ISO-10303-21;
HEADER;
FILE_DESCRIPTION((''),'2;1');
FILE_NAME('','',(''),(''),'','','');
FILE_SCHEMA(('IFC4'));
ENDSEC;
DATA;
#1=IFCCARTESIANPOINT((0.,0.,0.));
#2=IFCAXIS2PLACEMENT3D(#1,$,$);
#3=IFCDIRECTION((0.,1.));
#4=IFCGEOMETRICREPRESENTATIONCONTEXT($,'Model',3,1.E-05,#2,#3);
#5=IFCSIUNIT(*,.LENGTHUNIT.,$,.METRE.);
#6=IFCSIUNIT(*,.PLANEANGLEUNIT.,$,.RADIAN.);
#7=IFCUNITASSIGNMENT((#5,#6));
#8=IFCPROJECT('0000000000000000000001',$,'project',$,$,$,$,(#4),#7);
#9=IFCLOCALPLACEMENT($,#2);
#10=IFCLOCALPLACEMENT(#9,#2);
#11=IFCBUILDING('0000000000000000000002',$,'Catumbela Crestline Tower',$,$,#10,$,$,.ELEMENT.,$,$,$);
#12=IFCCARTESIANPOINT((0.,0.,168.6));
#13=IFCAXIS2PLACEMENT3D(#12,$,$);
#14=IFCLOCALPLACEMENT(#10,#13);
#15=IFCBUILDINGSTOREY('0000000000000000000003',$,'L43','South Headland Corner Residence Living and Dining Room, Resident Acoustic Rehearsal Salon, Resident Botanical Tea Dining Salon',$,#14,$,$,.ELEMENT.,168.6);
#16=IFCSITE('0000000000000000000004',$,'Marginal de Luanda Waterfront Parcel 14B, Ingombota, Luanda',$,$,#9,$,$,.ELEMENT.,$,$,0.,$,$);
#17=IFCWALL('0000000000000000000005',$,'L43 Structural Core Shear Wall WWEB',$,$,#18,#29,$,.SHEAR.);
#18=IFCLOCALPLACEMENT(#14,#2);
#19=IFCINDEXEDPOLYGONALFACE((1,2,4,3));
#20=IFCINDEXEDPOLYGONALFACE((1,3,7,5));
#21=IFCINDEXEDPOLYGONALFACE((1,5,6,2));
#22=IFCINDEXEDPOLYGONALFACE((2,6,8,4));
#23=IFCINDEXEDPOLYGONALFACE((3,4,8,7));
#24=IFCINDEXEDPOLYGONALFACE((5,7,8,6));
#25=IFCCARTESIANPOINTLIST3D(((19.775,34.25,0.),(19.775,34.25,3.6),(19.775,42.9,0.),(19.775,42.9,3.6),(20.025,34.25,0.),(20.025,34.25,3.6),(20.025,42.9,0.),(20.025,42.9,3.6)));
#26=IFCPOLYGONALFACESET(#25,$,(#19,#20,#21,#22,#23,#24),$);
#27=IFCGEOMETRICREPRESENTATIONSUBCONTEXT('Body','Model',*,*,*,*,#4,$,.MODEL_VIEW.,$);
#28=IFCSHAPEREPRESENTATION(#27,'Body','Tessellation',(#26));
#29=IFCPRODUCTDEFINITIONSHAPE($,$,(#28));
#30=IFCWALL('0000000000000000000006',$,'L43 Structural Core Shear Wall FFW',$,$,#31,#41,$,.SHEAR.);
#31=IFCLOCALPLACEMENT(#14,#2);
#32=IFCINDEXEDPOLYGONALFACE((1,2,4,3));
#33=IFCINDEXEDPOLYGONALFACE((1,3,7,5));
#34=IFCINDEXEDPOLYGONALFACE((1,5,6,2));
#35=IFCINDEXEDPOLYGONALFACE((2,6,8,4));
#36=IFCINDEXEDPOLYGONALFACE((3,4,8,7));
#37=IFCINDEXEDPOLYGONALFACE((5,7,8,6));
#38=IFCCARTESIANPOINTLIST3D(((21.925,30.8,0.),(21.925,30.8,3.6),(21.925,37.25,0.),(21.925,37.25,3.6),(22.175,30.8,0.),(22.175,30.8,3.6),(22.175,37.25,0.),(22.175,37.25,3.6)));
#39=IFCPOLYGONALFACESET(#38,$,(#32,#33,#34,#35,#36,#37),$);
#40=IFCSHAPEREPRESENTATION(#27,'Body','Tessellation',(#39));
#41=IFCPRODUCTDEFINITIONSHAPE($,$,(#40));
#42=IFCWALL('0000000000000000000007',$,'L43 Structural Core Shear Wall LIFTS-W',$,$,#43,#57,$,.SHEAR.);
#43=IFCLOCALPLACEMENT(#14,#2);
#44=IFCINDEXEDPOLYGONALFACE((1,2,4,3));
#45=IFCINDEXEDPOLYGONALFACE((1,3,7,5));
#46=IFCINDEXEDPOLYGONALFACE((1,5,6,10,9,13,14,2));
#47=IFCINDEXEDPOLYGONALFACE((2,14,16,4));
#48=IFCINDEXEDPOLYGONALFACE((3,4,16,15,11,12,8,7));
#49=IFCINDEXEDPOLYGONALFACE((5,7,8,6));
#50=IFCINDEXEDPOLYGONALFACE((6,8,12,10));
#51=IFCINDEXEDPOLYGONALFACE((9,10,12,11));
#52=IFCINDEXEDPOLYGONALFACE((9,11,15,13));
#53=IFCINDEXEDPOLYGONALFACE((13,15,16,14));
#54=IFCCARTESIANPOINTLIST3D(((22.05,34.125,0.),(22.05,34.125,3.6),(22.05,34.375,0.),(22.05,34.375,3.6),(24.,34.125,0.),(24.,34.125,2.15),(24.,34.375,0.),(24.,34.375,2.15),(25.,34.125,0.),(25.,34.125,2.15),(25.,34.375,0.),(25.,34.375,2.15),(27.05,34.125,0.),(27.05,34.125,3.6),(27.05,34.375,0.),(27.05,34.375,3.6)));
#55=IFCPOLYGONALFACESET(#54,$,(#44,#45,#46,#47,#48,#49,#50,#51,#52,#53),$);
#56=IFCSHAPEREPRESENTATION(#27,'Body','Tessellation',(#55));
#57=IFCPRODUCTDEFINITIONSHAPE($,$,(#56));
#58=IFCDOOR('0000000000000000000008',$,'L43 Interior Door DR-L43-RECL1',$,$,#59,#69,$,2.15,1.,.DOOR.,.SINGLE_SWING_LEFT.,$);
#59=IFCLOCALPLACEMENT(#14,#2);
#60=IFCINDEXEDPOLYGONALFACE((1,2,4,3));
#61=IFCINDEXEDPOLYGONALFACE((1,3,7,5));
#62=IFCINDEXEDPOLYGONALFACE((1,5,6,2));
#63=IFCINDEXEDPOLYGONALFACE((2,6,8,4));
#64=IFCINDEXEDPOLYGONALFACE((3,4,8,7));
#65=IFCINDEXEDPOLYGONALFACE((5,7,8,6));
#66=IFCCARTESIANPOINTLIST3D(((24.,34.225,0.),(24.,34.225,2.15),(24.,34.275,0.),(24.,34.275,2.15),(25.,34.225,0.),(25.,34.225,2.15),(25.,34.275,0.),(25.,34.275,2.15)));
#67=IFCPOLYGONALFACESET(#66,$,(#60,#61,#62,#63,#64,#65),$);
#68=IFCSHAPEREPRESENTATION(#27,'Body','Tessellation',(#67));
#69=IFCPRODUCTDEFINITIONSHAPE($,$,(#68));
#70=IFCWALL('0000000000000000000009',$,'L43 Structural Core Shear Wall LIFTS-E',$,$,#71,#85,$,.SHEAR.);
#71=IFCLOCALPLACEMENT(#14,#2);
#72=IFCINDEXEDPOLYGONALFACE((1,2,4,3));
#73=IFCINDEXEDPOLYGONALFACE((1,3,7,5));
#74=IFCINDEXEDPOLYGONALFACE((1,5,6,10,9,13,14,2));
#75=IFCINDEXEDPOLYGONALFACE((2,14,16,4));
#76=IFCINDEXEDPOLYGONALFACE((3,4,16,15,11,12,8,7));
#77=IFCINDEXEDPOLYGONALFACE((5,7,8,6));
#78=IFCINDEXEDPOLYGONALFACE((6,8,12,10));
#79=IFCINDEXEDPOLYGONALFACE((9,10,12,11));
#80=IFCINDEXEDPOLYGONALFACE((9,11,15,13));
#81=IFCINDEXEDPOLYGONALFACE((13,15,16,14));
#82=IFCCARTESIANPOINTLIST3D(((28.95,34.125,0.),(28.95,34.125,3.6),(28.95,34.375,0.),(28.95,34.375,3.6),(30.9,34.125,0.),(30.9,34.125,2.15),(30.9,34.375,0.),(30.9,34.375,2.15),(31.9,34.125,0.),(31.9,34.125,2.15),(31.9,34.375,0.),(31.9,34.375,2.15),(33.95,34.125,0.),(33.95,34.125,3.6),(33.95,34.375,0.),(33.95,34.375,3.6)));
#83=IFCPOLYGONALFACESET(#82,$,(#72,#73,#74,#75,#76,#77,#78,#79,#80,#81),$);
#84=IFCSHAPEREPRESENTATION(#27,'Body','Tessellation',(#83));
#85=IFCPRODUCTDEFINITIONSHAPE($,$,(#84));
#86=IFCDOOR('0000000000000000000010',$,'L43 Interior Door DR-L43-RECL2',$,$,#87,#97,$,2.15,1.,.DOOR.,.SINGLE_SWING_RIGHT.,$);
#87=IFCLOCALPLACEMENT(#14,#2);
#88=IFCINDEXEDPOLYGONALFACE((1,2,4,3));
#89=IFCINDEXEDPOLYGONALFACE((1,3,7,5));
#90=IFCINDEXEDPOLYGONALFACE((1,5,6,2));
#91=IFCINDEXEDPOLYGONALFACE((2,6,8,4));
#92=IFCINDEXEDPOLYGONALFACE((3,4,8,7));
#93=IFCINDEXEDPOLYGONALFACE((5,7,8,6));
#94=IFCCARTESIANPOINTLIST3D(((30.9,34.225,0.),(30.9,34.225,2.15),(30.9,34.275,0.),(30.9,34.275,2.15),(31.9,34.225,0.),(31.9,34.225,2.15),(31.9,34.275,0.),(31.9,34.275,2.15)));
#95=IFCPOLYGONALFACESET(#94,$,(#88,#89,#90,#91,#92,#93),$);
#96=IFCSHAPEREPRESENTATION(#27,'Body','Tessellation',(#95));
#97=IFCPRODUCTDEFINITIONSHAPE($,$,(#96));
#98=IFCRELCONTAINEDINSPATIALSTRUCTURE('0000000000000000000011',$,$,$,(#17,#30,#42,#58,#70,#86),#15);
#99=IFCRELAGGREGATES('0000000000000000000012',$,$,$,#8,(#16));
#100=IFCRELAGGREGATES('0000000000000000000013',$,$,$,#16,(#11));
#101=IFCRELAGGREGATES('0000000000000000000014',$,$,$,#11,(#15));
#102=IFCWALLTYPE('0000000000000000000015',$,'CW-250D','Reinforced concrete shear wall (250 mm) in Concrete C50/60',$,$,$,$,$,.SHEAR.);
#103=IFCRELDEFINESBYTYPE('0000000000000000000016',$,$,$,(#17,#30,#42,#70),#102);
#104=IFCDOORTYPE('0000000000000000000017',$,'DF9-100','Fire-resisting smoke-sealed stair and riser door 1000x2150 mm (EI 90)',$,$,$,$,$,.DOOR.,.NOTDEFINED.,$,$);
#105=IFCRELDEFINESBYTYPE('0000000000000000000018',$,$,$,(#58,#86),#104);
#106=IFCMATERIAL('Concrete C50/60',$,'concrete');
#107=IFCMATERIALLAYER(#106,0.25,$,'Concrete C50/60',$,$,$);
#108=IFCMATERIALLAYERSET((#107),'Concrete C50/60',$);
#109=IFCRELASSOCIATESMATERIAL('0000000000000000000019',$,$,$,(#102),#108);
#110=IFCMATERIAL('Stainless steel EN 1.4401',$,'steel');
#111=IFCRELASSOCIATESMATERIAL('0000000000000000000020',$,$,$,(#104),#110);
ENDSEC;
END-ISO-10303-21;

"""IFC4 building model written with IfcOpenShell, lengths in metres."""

from ifc_helpers import new_model, si_unit, direction, frame, frame_2d, origin, place, context, subcontext, project, spatial, rectangle, extrude, material, layer, layer_set, type_object, element, fill, save


model = new_model("IFC4")

# Units and contexts
model_context = context("Model", 3, precision=1e-05, world=origin(), true_north=direction((0.0, 1.0)))
body_context = subcontext(model_context, "Body", "Model", "MODEL_VIEW")
ifc_project = project(units=[si_unit("LENGTHUNIT", "METRE"), si_unit("PLANEANGLEUNIT", "RADIAN")], contexts=[model_context])

# Site, building, storey
site_placement = place(None, origin())
site = spatial("IfcSite", under=ifc_project, at=site_placement, Name="Marginal de Luanda Waterfront Parcel 14B, Ingombota, Luanda", CompositionType="ELEMENT", RefElevation=0.0)
building_placement = place(site_placement, origin())
building = spatial("IfcBuilding", under=site, at=building_placement, Name="Catumbela Crestline Tower", CompositionType="ELEMENT")
storey_placement = place(building_placement, frame((0.0, 0.0, 168.6)))
storey = spatial("IfcBuildingStorey", under=building, at=storey_placement, Name="L43", Description="South Headland Corner Residence Living and Dining Room, Resident Acoustic Rehearsal Salon, Resident Botanical Tea Dining Salon", CompositionType="ELEMENT", Elevation=168.6)

# Walls
ifc_material_1 = material(Name="Concrete C50/60", Category="concrete")
ifc_layer_1 = layer(ifc_material_1, 0.25, Name="Concrete C50/60")
ifc_layer_set_1 = layer_set([ifc_layer_1], Name="Concrete C50/60")
wall_type_1 = type_object("IfcWallType", Name="CW-250D", Description="Reinforced concrete shear wall (250 mm) in Concrete C50/60", PredefinedType="SHEAR", material=ifc_layer_set_1)
wall_1_placement = place(storey_placement, frame((19.9, 34.25, 0.0), z_axis=(0.0, 0.0, 1.0), x_axis=(0.0, 1.0, 0.0)))
element("IfcWall", 1, at=wall_1_placement, inside=storey, type_object=wall_type_1, Name="L43 Structural Core Shear Wall WWEB", PredefinedType="SHEAR", context=body_context, shape_type="SweptSolid", body=[
    extrude(rectangle(XDim=8.65, YDim=0.25, at=frame_2d((4.325, 0.0))), origin(), (0.0, 0.0, 1.0), 3.6),
])
wall_2_placement = place(storey_placement, frame((22.05, 30.8, 0.0), z_axis=(0.0, 0.0, 1.0), x_axis=(0.0, 1.0, 0.0)))
element("IfcWall", 2, at=wall_2_placement, inside=storey, type_object=wall_type_1, Name="L43 Structural Core Shear Wall FFW", PredefinedType="SHEAR", context=body_context, shape_type="SweptSolid", body=[
    extrude(rectangle(XDim=6.45, YDim=0.25, at=frame_2d((3.225, 0.0))), origin(), (0.0, 0.0, 1.0), 3.6),
])

# Walls, openings, doors
wall_3_placement = place(storey_placement, frame((22.05, 34.25, 0.0), z_axis=(0.0, 0.0, 1.0), x_axis=(1.0, 0.0, 0.0)))
wall_3 = element("IfcWall", 3, at=wall_3_placement, inside=storey, type_object=wall_type_1, Name="L43 Structural Core Shear Wall LIFTS-W", PredefinedType="SHEAR", context=body_context, shape_type="SweptSolid", body=[
    extrude(rectangle(XDim=5.0, YDim=0.25, at=frame_2d((2.5, 0.0))), origin(), (0.0, 0.0, 1.0), 3.6),
])
opening_1_placement = place(wall_3_placement, frame((1.95, 0.0, 0.0)))
opening_1 = element("IfcOpeningElement", 4, at=opening_1_placement, cuts=wall_3, PredefinedType="OPENING", context=body_context, shape_type="SweptSolid", body=[
    extrude(rectangle(XDim=1.0, YDim=2.15, at=frame_2d((0.5, 1.075))), frame((0.0, 0.135, 0.0), z_axis=(0.0, -1.0, 0.0), x_axis=(1.0, 0.0, 0.0)), (0.0, 0.0, 1.0), 0.27),
])
ifc_material_2 = material(Name="Stainless steel EN 1.4401", Category="steel")
door_type_1 = type_object("IfcDoorType", Name="DF9-100", Description="Fire-resisting smoke-sealed stair and riser door 1000x2150 mm (EI 90)", OperationType="NOTDEFINED", PredefinedType="DOOR", material=ifc_material_2)
door_1_placement = place(opening_1_placement, origin())
door_1 = element("IfcDoor", 5, at=door_1_placement, inside=storey, type_object=door_type_1, Name="L43 Interior Door DR-L43-RECL1", OperationType="SINGLE_SWING_LEFT", OverallHeight=2.15, OverallWidth=1.0, PredefinedType="DOOR", context=body_context, shape_type="SweptSolid", body=[
    extrude(rectangle(XDim=1.0, YDim=2.15, at=frame_2d((0.5, 1.075))), frame((0.0, 0.025, 0.0), z_axis=(0.0, -1.0, 0.0), x_axis=(1.0, 0.0, 0.0)), (0.0, 0.0, 1.0), 0.05),
])
fill(opening_1, door_1)
wall_4_placement = place(storey_placement, frame((28.95, 34.25, 0.0), z_axis=(0.0, 0.0, 1.0), x_axis=(1.0, 0.0, 0.0)))
wall_4 = element("IfcWall", 6, at=wall_4_placement, inside=storey, type_object=wall_type_1, Name="L43 Structural Core Shear Wall LIFTS-E", PredefinedType="SHEAR", context=body_context, shape_type="SweptSolid", body=[
    extrude(rectangle(XDim=5.0, YDim=0.25, at=frame_2d((2.5, 0.0))), origin(), (0.0, 0.0, 1.0), 3.6),
])
opening_2_placement = place(wall_4_placement, frame((1.95, 0.0, 0.0)))
opening_2 = element("IfcOpeningElement", 7, at=opening_2_placement, cuts=wall_4, PredefinedType="OPENING", context=body_context, shape_type="SweptSolid", body=[
    extrude(rectangle(XDim=1.0, YDim=2.15, at=frame_2d((0.5, 1.075))), frame((0.0, 0.135, 0.0), z_axis=(0.0, -1.0, 0.0), x_axis=(1.0, 0.0, 0.0)), (0.0, 0.0, 1.0), 0.27),
])
door_2_placement = place(opening_2_placement, origin())
door_2 = element("IfcDoor", 8, at=door_2_placement, inside=storey, type_object=door_type_1, Name="L43 Interior Door DR-L43-RECL2", OperationType="SINGLE_SWING_RIGHT", OverallHeight=2.15, OverallWidth=1.0, PredefinedType="DOOR", context=body_context, shape_type="SweptSolid", body=[
    extrude(rectangle(XDim=1.0, YDim=2.15, at=frame_2d((0.5, 1.075))), frame((0.0, 0.025, 0.0), z_axis=(0.0, -1.0, 0.0), x_axis=(1.0, 0.0, 0.0)), (0.0, 0.0, 1.0), 0.05),
])
fill(opening_2, door_2)

save(model, "model.ifc")
